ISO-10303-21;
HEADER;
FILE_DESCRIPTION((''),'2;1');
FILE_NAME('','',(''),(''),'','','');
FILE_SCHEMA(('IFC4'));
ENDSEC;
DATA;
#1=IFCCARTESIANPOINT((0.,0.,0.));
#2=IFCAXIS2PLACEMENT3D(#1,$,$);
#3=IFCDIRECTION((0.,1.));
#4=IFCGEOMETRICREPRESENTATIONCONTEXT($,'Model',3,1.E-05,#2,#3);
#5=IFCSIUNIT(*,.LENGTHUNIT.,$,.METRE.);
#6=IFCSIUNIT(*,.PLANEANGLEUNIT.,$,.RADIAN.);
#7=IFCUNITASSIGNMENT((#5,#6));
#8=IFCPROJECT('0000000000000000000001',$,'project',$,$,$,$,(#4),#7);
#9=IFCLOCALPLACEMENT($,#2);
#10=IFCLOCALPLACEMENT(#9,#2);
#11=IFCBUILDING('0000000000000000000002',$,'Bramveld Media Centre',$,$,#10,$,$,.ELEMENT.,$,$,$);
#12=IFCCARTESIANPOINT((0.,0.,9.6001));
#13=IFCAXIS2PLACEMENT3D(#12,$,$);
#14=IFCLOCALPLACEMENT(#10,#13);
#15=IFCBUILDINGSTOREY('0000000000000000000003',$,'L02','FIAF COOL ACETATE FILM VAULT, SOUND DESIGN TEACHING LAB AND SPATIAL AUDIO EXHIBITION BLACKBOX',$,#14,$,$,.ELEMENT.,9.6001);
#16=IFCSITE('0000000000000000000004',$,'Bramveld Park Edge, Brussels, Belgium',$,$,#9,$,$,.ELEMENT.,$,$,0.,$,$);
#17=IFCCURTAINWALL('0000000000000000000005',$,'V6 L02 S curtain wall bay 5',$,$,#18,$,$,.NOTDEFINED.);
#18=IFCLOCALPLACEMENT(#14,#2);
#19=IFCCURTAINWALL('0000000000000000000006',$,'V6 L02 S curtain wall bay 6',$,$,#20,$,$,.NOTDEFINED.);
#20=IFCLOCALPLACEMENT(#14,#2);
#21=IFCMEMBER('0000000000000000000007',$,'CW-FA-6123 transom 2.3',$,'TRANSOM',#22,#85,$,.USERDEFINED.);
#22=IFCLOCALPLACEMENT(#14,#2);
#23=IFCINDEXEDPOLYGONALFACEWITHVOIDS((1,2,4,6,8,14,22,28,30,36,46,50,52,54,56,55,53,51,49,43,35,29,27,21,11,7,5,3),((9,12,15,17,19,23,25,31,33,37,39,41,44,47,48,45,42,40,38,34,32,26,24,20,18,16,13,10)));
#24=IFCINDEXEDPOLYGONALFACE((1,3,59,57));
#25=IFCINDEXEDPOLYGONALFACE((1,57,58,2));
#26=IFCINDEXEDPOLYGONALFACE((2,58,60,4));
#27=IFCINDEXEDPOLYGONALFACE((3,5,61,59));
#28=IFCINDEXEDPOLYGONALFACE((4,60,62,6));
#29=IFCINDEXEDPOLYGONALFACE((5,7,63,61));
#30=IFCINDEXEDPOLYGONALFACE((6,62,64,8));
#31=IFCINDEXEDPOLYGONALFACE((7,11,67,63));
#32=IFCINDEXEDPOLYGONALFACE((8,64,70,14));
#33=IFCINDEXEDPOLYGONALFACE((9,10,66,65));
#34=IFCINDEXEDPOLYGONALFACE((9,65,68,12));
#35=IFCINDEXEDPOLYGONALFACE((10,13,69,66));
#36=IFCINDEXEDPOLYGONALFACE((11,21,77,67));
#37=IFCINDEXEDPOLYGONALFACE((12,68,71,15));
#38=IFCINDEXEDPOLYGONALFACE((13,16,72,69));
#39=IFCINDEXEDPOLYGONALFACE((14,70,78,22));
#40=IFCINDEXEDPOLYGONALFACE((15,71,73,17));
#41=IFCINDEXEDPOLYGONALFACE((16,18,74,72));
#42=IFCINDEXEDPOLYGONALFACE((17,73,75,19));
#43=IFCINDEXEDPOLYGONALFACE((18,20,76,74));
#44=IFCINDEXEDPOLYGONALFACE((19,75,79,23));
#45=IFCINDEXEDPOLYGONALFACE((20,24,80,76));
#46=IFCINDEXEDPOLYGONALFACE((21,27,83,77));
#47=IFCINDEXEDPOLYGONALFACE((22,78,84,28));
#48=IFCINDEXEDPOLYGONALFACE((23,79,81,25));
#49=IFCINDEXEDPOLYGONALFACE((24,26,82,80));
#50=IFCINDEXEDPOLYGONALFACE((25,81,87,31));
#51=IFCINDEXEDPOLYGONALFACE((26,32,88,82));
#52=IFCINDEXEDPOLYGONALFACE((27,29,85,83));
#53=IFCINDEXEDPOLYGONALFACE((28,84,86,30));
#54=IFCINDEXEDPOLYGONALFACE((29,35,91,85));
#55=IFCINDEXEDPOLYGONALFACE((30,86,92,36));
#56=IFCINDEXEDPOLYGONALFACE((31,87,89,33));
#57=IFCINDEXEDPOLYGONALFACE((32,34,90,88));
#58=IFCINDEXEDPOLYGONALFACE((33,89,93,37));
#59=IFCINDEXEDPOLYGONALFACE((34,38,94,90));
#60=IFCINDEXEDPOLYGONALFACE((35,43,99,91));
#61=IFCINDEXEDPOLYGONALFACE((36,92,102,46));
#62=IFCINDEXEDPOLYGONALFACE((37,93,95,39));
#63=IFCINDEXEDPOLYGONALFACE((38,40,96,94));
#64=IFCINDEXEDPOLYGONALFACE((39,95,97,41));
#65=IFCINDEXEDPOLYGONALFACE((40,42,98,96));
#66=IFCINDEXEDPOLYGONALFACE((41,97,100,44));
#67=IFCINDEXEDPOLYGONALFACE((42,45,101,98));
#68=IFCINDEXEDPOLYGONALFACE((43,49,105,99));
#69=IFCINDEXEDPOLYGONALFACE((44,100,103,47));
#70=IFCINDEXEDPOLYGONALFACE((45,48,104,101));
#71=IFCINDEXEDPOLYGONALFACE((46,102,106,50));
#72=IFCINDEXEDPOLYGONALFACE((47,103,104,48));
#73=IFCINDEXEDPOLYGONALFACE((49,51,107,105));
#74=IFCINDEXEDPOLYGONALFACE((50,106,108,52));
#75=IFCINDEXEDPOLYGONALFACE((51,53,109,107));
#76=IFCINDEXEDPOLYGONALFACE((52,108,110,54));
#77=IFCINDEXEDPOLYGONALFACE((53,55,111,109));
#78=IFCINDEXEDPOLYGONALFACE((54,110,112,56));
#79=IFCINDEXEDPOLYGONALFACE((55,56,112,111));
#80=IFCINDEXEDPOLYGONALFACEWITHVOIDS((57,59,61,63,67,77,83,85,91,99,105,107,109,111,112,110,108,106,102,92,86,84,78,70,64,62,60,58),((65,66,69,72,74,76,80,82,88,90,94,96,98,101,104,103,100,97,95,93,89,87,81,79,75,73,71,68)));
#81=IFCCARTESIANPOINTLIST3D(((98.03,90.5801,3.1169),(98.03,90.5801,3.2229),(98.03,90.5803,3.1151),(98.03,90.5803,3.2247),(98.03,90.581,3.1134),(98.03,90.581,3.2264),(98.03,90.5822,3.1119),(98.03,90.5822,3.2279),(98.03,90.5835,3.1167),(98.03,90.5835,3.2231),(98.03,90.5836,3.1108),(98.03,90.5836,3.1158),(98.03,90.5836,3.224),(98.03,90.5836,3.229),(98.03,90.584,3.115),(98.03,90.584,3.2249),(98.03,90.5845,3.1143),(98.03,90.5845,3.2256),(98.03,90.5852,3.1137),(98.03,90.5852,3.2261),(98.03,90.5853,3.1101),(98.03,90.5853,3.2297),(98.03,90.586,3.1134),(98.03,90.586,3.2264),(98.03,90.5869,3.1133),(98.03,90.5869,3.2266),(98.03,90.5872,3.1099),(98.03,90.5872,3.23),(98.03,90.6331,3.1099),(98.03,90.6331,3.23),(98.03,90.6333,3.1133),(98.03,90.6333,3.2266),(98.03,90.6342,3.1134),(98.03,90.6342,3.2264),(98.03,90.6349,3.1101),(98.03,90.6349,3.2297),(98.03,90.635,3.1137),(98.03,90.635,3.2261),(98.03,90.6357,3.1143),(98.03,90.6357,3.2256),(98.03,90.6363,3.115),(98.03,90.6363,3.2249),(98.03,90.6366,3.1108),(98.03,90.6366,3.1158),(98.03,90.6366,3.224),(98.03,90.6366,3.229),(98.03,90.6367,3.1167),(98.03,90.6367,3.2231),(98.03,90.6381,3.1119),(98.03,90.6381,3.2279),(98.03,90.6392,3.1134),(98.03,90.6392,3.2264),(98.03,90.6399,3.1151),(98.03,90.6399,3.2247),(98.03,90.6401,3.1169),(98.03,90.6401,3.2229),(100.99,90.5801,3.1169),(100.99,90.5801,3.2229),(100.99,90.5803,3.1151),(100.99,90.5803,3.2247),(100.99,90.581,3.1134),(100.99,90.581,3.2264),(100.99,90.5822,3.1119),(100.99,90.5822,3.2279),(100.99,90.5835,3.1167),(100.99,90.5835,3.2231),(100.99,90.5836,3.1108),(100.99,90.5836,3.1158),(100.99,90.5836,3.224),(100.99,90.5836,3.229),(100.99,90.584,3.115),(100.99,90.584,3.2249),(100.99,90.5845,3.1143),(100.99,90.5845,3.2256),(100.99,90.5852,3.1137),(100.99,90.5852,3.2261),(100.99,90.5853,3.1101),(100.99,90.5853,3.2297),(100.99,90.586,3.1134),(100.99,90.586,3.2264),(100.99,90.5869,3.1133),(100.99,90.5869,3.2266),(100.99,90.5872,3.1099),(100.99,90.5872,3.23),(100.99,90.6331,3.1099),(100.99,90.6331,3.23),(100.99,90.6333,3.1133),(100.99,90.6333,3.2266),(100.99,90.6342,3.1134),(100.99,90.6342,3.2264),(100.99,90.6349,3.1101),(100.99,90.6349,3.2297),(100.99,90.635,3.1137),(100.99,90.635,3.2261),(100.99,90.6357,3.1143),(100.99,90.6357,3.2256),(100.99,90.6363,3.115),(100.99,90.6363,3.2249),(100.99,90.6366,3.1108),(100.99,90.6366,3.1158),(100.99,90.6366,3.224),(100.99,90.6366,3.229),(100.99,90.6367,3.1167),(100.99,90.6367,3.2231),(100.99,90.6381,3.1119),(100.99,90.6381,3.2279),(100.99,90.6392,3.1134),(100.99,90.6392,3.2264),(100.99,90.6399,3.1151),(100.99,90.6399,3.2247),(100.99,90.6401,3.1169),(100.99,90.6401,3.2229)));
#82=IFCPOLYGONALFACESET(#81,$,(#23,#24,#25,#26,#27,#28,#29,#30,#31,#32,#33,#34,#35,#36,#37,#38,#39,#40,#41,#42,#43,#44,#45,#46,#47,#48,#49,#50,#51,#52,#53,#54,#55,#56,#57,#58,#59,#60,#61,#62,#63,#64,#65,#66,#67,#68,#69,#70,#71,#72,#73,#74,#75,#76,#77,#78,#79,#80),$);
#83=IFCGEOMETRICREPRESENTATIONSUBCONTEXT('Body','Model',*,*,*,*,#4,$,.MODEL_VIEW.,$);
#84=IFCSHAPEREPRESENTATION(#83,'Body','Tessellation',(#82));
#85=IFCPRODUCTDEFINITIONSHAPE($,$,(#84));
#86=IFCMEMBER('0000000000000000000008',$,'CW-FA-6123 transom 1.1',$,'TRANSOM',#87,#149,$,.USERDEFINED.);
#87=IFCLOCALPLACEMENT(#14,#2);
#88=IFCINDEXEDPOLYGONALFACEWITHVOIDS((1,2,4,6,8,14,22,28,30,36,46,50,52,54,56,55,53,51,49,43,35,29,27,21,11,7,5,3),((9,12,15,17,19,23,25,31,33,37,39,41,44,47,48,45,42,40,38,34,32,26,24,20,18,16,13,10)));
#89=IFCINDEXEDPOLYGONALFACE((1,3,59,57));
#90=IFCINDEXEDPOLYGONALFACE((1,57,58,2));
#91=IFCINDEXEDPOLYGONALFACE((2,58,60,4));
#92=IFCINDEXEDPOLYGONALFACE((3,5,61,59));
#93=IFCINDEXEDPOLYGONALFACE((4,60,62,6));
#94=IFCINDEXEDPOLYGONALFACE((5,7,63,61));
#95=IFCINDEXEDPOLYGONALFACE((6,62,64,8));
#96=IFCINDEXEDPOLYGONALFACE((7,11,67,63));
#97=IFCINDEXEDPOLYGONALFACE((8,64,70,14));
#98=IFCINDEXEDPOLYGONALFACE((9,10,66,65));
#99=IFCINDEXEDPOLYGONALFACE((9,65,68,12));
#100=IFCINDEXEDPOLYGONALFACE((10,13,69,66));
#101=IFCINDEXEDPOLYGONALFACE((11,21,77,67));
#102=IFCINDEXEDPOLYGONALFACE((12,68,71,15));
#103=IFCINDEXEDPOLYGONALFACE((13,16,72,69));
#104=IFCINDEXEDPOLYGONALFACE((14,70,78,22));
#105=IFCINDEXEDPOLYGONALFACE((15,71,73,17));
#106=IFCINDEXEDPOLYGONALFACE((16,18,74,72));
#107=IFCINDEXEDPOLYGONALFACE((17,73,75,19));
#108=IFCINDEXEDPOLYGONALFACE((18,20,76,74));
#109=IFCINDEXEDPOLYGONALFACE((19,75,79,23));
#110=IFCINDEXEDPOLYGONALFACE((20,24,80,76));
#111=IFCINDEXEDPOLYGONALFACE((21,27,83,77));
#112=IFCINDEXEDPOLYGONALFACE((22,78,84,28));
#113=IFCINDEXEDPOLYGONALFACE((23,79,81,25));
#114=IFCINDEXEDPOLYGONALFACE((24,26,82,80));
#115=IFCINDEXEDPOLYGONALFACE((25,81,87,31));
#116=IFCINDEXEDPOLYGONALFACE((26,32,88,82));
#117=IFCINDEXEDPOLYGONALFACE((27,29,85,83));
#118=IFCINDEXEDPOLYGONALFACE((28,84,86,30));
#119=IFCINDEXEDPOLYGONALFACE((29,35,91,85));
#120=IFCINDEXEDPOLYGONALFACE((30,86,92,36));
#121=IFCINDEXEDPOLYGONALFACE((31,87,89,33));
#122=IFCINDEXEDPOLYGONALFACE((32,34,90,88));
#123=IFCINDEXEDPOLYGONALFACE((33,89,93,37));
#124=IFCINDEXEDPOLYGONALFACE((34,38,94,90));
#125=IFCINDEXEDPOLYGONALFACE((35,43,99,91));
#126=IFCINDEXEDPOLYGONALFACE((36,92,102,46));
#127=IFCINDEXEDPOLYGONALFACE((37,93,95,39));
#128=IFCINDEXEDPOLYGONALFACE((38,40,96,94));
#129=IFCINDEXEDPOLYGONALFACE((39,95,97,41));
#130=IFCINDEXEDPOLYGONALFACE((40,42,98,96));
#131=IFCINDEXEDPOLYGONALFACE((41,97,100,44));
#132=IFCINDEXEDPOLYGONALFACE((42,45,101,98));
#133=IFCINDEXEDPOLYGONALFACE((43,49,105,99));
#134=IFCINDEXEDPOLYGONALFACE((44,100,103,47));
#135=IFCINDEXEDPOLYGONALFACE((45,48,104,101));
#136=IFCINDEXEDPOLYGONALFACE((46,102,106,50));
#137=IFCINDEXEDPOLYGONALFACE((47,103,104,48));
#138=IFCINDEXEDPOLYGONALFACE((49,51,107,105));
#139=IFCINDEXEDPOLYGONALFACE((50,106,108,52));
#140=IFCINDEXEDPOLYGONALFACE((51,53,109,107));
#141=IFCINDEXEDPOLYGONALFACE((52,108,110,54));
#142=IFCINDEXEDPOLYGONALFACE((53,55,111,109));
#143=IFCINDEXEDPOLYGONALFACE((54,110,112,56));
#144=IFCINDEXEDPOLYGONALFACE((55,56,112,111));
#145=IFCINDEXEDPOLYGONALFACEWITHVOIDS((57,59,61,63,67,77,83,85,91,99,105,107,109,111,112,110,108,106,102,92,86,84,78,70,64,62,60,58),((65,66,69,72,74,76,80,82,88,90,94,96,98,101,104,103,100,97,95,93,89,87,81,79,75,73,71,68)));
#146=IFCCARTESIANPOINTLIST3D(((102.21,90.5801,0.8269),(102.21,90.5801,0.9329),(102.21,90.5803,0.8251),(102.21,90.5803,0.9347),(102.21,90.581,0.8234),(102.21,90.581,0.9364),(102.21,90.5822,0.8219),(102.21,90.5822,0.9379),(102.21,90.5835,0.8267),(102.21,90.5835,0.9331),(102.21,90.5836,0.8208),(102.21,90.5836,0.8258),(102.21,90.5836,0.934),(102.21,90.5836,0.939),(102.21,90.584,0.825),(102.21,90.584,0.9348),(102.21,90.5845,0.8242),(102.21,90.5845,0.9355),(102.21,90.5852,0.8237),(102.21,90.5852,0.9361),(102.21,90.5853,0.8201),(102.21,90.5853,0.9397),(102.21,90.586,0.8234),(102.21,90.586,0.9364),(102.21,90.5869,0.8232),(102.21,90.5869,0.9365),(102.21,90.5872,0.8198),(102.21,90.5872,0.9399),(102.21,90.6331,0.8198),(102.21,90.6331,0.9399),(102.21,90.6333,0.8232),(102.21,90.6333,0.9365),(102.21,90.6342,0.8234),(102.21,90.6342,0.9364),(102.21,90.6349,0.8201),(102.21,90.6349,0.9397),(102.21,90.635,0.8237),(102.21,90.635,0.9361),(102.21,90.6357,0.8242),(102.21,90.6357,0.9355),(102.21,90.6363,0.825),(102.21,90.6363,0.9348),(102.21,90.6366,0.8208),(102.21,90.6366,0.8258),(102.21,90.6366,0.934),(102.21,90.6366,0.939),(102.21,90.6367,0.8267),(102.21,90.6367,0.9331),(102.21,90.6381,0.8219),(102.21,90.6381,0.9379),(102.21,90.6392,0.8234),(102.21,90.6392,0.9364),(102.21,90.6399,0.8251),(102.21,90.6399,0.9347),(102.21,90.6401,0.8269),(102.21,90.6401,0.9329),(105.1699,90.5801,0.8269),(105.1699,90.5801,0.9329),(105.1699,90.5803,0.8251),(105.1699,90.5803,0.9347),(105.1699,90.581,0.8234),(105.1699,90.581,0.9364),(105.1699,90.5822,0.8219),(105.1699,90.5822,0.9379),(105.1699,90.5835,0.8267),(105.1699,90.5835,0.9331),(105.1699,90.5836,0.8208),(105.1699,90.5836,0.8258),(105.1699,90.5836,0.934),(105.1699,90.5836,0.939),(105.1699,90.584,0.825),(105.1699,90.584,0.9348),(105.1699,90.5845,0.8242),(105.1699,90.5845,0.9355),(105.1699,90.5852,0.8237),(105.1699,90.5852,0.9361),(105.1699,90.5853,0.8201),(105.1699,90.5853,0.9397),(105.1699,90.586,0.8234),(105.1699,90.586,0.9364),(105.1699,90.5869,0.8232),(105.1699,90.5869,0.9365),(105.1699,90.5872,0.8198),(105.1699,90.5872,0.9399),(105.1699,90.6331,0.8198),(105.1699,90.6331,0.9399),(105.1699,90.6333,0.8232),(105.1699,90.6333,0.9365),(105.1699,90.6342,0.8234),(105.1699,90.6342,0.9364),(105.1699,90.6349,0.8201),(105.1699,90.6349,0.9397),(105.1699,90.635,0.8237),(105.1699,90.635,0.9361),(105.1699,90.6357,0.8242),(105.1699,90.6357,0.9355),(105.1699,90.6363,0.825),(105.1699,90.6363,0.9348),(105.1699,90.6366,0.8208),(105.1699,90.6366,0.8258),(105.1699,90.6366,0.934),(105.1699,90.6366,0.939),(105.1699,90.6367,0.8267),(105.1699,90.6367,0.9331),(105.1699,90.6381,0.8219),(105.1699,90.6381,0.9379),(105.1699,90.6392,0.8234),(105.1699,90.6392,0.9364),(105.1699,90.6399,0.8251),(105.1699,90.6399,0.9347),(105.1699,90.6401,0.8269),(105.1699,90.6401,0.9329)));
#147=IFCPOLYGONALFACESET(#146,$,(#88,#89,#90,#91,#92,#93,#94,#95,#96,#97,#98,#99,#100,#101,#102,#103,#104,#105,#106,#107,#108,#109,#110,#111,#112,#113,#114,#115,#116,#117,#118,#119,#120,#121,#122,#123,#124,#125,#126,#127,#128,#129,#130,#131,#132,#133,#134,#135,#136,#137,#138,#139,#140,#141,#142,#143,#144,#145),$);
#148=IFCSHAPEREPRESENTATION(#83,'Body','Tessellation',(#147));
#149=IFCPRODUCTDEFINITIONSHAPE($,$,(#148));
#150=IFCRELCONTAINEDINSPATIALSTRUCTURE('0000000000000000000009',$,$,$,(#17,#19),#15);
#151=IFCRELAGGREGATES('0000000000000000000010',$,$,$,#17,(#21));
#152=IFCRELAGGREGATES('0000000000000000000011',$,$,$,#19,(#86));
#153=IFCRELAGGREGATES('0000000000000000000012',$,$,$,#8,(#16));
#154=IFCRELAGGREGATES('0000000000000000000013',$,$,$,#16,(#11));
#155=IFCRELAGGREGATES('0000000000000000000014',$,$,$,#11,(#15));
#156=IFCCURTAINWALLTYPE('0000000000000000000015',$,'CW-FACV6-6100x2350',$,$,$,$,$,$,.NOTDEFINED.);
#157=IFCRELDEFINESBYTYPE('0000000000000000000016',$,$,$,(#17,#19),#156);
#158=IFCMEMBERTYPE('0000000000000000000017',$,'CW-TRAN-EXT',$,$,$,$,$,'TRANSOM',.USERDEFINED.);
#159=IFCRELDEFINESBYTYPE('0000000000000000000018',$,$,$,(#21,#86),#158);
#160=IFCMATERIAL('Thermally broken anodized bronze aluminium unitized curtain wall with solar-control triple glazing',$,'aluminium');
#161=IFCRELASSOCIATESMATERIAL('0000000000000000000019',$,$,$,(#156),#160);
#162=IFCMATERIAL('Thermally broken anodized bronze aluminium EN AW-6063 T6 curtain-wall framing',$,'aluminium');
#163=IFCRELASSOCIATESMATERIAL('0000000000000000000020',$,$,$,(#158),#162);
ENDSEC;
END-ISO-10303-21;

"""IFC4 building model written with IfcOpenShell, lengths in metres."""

from ifc_helpers import new_model, si_unit, direction, frame, origin, origin_2d, place, context, subcontext, project, spatial, hollow_rectangle, extrude, material, material_profile, profile_set, type_object, element, aggregate, save


model = new_model("IFC4")

# Units and contexts
model_context = context("Model", 3, precision=1e-05, world=origin(), true_north=direction((0.0, 1.0)))
body_context = subcontext(model_context, "Body", "Model", "MODEL_VIEW")
ifc_project = project(units=[si_unit("LENGTHUNIT", "METRE"), si_unit("PLANEANGLEUNIT", "RADIAN")], contexts=[model_context])

# Site, building, storey
site_placement = place(None, origin())
site = spatial("IfcSite", under=ifc_project, at=site_placement, Name="Bramveld Park Edge, Brussels, Belgium", CompositionType="ELEMENT", RefElevation=0.0)
building_placement = place(site_placement, origin())
building = spatial("IfcBuilding", under=site, at=building_placement, Name="Bramveld Media Centre", CompositionType="ELEMENT")
storey_placement = place(building_placement, frame((0.0, 0.0, 9.6001)))
storey = spatial("IfcBuildingStorey", under=building, at=storey_placement, Name="L02", Description="FIAF COOL ACETATE FILM VAULT, SOUND DESIGN TEACHING LAB AND SPATIAL AUDIO EXHIBITION BLACKBOX", CompositionType="ELEMENT", Elevation=9.6001)

# Curtain walls
ifc_material_1 = material(Name="Thermally broken anodized bronze aluminium unitized curtain wall with solar-control triple glazing", Category="aluminium")
curtain_wall_type = type_object("IfcCurtainWallType", Name="CW-FACV6-6100x2350", PredefinedType="NOTDEFINED", material=ifc_material_1)
curtain_wall_1_placement = place(storey_placement, origin())
curtain_wall_1 = element("IfcCurtainWall", 1, at=curtain_wall_1_placement, inside=storey, type_object=curtain_wall_type, Name="V6 L02 S curtain wall bay 5", PredefinedType="NOTDEFINED")
curtain_wall_2_placement = place(storey_placement, origin())
curtain_wall_2 = element("IfcCurtainWall", 2, at=curtain_wall_2_placement, inside=storey, type_object=curtain_wall_type, Name="V6 L02 S curtain wall bay 6", PredefinedType="NOTDEFINED")

# Members
ifc_material_2 = material(Name="Thermally broken anodized bronze aluminium EN AW-6063 T6 curtain-wall framing", Category="aluminium")
ifc_material_profile_1 = material_profile(ifc_material_2, hollow_rectangle(XDim=0.0601, YDim=0.1201, WallThickness=0.0034, InnerFilletRadius=0.0034, OuterFilletRadius=0.0071, at=origin_2d()), Name="AL-TRAN 60x120")
ifc_profile_set_1 = profile_set([ifc_material_profile_1], Name="Thermally broken anodized bronze aluminium EN AW-6063 T6 curtain-wall framing")
member_type_1 = type_object("IfcMemberType", Name="CW-TRAN-EXT", ElementType="TRANSOM", PredefinedType="USERDEFINED", material=ifc_profile_set_1)
member_1_placement = place(storey_placement, frame((98.03, 90.6101, 3.1699), z_axis=(1.0, 0.0, 0.0), x_axis=(0.0, 1.0, 0.0)))
member_1 = element("IfcMember", 3, at=member_1_placement, type_object=member_type_1, Name="CW-FA-6123 transom 2.3", ObjectType="TRANSOM", PredefinedType="USERDEFINED", context=body_context, shape_type="SweptSolid", body=[
    extrude(hollow_rectangle(XDim=0.0601, YDim=0.1201, WallThickness=0.0034, InnerFilletRadius=0.0034, OuterFilletRadius=0.0071, at=origin_2d()), origin(), (0.0, 0.0, 1.0), 2.96),
])
member_2_placement = place(storey_placement, frame((102.21, 90.6101, 0.8799), z_axis=(1.0, 0.0, 0.0), x_axis=(0.0, 1.0, 0.0)))
member_2 = element("IfcMember", 4, at=member_2_placement, type_object=member_type_1, Name="CW-FA-6123 transom 1.1", ObjectType="TRANSOM", PredefinedType="USERDEFINED", context=body_context, shape_type="SweptSolid", body=[
    extrude(hollow_rectangle(XDim=0.0601, YDim=0.1201, WallThickness=0.0034, InnerFilletRadius=0.0034, OuterFilletRadius=0.0071, at=origin_2d()), origin(), (0.0, 0.0, 1.0), 2.96),
])

aggregate(curtain_wall_1, [member_1])
aggregate(curtain_wall_2, [member_2])

save(model, "model.ifc")
